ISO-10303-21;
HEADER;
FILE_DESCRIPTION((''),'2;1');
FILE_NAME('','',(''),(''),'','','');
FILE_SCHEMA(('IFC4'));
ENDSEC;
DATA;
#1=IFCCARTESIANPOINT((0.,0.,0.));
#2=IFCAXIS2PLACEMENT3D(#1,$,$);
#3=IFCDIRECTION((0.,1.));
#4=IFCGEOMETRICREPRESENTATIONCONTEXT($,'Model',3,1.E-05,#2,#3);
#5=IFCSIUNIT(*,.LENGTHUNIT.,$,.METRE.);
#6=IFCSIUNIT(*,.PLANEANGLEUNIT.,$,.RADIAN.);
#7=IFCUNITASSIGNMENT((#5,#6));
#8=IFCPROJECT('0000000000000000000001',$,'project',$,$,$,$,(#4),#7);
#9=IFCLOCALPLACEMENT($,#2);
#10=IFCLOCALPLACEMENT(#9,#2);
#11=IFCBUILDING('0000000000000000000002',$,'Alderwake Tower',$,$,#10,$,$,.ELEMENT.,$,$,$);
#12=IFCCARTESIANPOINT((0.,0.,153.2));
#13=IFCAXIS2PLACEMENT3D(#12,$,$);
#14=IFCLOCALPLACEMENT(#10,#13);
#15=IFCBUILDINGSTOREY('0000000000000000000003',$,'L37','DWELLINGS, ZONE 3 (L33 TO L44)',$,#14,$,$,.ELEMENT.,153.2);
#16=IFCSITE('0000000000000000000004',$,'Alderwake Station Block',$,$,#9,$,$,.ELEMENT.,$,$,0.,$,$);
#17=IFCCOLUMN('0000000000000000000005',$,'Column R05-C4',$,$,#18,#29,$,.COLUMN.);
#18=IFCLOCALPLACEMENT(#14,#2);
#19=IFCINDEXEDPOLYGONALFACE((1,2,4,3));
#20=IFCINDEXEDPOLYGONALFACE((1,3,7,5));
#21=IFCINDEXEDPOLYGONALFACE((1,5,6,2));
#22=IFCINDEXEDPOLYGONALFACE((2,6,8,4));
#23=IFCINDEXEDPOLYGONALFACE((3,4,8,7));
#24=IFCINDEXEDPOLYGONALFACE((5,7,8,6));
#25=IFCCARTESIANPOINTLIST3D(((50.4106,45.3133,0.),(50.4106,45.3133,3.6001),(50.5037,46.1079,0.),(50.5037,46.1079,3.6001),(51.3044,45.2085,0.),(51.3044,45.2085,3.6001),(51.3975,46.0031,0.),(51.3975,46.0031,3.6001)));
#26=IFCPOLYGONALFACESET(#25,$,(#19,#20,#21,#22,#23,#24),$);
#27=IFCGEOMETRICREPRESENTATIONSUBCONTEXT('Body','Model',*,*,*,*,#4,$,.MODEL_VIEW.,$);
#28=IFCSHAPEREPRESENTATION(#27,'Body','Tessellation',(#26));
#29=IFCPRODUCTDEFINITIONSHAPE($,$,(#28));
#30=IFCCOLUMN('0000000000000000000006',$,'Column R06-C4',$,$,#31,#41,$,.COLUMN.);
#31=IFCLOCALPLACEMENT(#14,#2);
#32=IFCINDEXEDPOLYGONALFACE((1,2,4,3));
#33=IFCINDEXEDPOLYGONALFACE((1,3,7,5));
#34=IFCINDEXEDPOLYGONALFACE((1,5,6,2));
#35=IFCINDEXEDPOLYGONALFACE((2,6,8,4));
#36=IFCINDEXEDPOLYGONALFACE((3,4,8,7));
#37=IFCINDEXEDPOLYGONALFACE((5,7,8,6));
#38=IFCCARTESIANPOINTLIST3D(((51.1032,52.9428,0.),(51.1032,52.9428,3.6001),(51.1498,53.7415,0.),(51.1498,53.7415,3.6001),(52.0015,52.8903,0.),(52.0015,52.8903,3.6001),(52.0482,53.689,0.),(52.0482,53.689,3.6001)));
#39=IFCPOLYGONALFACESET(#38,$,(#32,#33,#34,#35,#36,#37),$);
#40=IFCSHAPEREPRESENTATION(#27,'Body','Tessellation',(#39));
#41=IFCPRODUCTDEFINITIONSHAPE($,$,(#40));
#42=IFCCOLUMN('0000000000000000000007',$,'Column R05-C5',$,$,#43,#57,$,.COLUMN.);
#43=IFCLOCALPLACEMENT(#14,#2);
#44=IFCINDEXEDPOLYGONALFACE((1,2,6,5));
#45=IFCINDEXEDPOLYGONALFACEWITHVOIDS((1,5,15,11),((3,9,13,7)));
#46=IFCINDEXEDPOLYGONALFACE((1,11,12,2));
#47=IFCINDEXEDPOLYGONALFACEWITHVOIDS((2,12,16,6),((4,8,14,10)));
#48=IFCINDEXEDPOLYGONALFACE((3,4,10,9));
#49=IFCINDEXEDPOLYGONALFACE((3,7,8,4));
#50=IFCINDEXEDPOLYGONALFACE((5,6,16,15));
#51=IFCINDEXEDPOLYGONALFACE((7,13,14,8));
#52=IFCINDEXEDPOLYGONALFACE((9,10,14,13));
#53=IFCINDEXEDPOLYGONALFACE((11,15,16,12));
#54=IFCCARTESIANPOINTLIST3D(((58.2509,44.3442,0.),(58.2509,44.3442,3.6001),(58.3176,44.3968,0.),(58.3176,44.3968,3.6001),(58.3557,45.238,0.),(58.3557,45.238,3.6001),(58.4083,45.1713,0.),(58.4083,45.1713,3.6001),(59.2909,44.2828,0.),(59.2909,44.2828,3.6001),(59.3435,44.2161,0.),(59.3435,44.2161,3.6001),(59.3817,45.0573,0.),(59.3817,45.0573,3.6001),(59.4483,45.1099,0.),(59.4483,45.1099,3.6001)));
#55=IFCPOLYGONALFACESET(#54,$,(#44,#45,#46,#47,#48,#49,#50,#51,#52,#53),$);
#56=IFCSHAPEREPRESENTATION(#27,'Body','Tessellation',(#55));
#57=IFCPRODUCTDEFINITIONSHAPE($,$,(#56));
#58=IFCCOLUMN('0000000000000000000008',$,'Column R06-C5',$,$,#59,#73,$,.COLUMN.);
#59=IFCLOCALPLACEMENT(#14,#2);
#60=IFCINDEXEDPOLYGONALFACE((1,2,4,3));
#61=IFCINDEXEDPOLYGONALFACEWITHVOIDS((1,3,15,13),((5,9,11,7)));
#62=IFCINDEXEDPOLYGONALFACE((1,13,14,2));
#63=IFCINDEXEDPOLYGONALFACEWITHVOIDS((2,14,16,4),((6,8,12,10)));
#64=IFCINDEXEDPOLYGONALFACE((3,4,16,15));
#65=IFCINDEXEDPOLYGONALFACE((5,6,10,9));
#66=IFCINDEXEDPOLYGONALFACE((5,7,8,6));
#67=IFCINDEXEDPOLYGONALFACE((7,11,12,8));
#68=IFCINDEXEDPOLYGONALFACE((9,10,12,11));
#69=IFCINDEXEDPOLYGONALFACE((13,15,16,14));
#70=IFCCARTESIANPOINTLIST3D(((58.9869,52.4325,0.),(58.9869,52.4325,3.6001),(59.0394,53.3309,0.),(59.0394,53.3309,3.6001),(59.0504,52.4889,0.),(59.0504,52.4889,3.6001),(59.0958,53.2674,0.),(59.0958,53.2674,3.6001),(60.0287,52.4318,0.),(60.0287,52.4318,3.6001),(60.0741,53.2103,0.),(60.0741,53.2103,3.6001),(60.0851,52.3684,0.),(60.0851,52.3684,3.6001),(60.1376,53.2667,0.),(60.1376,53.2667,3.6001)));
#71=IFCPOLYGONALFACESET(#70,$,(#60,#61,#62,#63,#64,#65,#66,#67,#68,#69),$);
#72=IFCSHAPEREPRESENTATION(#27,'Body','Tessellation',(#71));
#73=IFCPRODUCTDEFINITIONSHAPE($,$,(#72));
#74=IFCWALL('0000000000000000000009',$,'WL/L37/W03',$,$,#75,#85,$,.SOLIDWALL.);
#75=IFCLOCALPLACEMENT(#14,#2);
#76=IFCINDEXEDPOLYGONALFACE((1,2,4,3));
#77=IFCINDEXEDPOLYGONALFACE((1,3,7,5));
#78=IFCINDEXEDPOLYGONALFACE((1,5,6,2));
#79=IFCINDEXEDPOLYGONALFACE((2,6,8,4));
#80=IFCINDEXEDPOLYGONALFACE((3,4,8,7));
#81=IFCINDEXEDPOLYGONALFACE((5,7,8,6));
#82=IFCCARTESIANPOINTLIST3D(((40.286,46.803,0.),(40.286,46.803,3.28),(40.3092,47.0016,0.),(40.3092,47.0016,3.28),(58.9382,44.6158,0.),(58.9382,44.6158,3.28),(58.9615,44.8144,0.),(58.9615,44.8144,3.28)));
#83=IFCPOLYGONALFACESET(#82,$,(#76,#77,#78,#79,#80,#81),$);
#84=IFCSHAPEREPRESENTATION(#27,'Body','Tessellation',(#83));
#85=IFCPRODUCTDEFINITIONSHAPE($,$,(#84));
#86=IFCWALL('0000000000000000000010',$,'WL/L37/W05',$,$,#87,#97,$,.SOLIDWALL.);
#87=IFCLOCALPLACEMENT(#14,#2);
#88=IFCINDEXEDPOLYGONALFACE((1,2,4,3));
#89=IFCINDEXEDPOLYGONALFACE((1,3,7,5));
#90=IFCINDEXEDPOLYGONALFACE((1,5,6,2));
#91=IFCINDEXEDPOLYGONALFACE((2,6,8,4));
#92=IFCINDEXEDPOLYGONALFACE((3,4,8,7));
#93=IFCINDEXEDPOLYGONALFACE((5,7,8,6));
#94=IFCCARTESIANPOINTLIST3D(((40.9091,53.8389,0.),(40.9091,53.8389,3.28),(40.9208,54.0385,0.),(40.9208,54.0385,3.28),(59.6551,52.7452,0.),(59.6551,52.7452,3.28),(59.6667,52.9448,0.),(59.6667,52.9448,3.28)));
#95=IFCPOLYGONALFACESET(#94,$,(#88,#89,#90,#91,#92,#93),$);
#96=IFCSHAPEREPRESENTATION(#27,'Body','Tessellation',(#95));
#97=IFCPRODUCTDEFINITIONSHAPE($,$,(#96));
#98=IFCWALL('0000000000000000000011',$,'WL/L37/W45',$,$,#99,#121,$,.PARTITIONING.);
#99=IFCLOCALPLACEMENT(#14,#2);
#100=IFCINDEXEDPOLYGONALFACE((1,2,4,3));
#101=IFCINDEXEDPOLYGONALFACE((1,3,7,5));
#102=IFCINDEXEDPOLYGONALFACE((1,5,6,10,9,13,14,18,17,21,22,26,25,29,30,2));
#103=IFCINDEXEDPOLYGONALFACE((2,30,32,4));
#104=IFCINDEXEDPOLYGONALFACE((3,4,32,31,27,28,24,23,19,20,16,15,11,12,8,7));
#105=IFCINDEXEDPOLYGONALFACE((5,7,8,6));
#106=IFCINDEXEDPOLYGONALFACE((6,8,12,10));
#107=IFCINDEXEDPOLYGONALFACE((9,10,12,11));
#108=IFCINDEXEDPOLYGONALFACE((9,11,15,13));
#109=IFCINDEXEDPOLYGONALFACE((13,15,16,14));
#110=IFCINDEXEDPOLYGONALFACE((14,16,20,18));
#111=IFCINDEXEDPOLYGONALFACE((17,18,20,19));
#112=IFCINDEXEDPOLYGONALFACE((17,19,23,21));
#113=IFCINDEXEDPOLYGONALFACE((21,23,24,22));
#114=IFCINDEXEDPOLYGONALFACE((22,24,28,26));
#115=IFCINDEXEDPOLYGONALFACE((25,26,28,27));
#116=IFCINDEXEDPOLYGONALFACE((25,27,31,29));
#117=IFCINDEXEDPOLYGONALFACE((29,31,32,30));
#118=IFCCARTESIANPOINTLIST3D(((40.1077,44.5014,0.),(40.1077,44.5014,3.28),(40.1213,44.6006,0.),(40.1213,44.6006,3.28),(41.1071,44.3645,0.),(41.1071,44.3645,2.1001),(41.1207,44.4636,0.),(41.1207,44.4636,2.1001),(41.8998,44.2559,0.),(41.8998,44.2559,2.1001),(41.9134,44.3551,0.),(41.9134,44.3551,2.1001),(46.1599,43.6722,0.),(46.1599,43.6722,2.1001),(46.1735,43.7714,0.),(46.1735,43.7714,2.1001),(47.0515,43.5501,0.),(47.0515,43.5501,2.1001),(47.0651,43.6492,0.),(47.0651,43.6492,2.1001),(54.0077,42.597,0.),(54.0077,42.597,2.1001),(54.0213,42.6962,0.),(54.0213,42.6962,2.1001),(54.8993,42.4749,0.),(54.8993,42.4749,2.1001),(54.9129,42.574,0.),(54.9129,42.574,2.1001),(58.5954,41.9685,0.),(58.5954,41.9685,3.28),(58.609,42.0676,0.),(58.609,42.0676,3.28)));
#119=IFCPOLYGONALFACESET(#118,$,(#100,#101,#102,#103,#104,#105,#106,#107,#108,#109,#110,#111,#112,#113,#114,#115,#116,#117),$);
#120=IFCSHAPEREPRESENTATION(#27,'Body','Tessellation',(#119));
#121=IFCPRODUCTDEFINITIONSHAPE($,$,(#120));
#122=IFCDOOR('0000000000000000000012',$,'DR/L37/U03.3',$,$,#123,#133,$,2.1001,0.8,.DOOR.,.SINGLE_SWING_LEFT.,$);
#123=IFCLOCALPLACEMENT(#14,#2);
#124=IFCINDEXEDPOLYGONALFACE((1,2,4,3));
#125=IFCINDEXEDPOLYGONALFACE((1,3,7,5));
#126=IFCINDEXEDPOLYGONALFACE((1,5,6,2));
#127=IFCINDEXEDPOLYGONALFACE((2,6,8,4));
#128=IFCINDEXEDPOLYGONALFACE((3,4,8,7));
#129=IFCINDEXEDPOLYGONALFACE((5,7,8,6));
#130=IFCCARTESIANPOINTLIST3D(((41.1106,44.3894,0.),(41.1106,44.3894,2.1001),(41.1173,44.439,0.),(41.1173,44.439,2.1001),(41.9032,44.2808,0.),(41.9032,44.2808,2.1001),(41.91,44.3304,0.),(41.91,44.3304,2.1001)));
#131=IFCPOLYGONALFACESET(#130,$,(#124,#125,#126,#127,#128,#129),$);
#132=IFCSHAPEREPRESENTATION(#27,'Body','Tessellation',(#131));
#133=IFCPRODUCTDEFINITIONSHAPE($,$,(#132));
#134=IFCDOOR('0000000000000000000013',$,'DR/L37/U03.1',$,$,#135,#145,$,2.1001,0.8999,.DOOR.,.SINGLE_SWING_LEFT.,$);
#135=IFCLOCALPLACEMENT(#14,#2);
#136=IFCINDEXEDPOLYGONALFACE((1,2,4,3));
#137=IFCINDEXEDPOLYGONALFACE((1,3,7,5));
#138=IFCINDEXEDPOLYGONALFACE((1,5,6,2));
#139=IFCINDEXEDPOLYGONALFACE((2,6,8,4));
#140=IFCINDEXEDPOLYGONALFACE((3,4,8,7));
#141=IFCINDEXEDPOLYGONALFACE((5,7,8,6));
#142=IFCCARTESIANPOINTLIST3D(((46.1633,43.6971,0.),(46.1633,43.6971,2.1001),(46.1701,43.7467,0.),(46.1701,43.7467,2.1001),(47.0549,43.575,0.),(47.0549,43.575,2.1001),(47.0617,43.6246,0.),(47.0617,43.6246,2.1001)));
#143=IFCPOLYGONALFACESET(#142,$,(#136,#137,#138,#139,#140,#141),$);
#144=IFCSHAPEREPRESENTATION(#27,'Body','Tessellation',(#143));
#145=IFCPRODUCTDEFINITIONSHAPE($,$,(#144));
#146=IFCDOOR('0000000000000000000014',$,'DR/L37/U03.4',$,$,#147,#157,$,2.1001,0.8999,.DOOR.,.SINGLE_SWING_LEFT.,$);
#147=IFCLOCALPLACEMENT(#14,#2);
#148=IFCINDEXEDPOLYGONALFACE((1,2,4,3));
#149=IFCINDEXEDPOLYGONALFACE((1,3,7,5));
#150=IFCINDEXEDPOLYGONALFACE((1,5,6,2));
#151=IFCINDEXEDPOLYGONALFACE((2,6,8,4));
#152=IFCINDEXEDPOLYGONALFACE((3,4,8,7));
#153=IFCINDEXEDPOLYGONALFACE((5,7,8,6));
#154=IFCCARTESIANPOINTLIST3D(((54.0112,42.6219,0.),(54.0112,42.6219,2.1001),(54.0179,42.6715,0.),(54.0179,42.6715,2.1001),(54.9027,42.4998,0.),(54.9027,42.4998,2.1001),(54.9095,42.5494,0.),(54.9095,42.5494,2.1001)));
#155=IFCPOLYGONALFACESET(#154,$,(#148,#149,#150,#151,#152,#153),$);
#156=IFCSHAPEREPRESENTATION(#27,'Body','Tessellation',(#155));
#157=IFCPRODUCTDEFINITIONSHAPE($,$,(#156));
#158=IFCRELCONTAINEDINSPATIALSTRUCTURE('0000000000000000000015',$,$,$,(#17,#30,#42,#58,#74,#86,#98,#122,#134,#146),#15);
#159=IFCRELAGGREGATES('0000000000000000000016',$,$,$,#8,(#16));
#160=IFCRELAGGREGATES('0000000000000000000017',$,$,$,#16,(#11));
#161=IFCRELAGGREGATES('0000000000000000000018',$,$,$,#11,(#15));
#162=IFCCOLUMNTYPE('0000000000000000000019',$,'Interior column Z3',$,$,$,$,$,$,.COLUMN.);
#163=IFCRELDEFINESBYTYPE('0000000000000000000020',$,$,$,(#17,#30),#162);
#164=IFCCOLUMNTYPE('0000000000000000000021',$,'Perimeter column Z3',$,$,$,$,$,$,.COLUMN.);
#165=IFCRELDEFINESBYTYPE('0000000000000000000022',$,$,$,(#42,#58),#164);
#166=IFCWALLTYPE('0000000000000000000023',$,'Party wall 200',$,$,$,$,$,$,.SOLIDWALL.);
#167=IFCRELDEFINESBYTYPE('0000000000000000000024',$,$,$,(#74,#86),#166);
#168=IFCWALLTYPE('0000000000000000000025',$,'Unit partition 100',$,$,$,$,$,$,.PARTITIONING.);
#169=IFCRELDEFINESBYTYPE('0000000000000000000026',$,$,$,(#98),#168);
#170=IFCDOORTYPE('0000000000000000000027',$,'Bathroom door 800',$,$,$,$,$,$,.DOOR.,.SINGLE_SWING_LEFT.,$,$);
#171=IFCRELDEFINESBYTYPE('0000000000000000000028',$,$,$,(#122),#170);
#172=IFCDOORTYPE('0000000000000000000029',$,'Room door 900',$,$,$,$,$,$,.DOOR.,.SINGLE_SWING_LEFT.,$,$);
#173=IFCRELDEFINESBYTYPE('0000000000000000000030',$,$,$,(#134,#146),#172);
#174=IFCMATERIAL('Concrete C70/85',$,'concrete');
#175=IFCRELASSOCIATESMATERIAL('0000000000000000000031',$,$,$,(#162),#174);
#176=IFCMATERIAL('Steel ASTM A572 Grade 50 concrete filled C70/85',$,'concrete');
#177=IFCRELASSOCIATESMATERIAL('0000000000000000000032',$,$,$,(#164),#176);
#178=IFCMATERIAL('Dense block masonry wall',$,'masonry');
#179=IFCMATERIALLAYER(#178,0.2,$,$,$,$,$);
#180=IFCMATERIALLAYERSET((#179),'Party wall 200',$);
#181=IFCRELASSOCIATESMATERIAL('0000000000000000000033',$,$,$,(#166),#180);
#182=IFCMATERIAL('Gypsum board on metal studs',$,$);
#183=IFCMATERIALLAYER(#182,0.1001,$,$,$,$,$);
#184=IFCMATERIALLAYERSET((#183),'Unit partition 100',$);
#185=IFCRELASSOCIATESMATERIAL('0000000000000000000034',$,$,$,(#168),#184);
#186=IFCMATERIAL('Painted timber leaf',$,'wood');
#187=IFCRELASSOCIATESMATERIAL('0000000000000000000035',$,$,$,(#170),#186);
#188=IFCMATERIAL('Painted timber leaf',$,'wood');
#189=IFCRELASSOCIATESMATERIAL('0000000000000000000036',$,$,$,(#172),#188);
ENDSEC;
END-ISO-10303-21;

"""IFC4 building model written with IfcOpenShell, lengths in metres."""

from ifc_helpers import new_model, si_unit, direction, frame, frame_2d, origin, origin_2d, place, context, subcontext, project, spatial, rectangle, hollow_rectangle, extrude, material, layer, layer_set, material_profile, profile_set, type_object, element, fill, save


model = new_model("IFC4")

# Units and contexts
model_context = context("Model", 3, precision=1e-05, world=origin(), true_north=direction((0.0, 1.0)))
body_context = subcontext(model_context, "Body", "Model", "MODEL_VIEW")
ifc_project = project(units=[si_unit("LENGTHUNIT", "METRE"), si_unit("PLANEANGLEUNIT", "RADIAN")], contexts=[model_context])

# Site, building, storey
site_placement = place(None, origin())
site = spatial("IfcSite", under=ifc_project, at=site_placement, Name="Alderwake Station Block", CompositionType="ELEMENT", RefElevation=0.0)
building_placement = place(site_placement, origin())
building = spatial("IfcBuilding", under=site, at=building_placement, Name="Alderwake Tower", CompositionType="ELEMENT")
storey_placement = place(building_placement, frame((0.0, 0.0, 153.2)))
storey = spatial("IfcBuildingStorey", under=building, at=storey_placement, Name="L37", Description="DWELLINGS, ZONE 3 (L33 TO L44)", CompositionType="ELEMENT", Elevation=153.2)

# Columns
ifc_material_1 = material(Name="Concrete C70/85", Category="concrete")
ifc_material_profile_1 = material_profile(ifc_material_1, rectangle(XDim=0.8, YDim=0.8999, at=origin_2d()), Name="RC 900X800")
ifc_profile_set_1 = profile_set([ifc_material_profile_1], Name="Concrete C70/85")
column_type_1 = type_object("IfcColumnType", Name="Interior column Z3", PredefinedType="COLUMN", material=ifc_profile_set_1)
for number, where, z_axis, x_axis, name in (
    (1, (50.9041, 45.6582, 0.0), (0.0, 0.0, 1.0), (0.116402, 0.993202, 0.0), "Column R05-C4"),
    (2, (51.5757, 53.3159, 0.0), (0.0, 0.0, 1.0), (0.058301, 0.998299, 0.0), "Column R06-C4"),
):
    element("IfcColumn", number, at=place(storey_placement, frame(where, z_axis=z_axis, x_axis=x_axis)), inside=storey, type_object=column_type_1, Name=name, PredefinedType="COLUMN", context=body_context, shape_type="SweptSolid", body=[
        extrude(rectangle(XDim=0.8, YDim=0.8999, at=origin_2d()), origin(), (0.0, 0.0, 1.0), 3.6001),
    ])
ifc_material_2 = material(Name="Steel ASTM A572 Grade 50 concrete filled C70/85", Category="concrete")
ifc_material_profile_2 = material_profile(ifc_material_2, hollow_rectangle(XDim=0.8999, YDim=1.1001, WallThickness=0.0601, at=origin_2d()), Name="BOX 1100X900X60")
ifc_profile_set_2 = profile_set([ifc_material_profile_2], Name="Steel ASTM A572 Grade 50 concrete filled C70/85")
column_type_2 = type_object("IfcColumnType", Name="Perimeter column Z3", PredefinedType="COLUMN", material=ifc_profile_set_2)
for number, where, z_axis, x_axis, name in (
    (3, (58.8496, 44.7271, 0.0), (0.0, 0.0, 1.0), (0.116402, 0.993202, 0.0), "Column R05-C5"),
    (4, (59.5623, 52.8496, 0.0), (0.0, 0.0, 1.0), (0.058301, 0.998299, 0.0), "Column R06-C5"),
):
    element("IfcColumn", number, at=place(storey_placement, frame(where, z_axis=z_axis, x_axis=x_axis)), inside=storey, type_object=column_type_2, Name=name, PredefinedType="COLUMN", context=body_context, shape_type="SweptSolid", body=[
        extrude(hollow_rectangle(XDim=0.8999, YDim=1.1001, WallThickness=0.0601, at=origin_2d()), origin(), (0.0, 0.0, 1.0), 3.6001),
    ])

# Walls
ifc_material_3 = material(Name="Dense block masonry wall", Category="masonry")
ifc_layer_1 = layer(ifc_material_3, 0.2)
ifc_layer_set_1 = layer_set([ifc_layer_1], Name="Party wall 200")
wall_type_1 = type_object("IfcWallType", Name="Party wall 200", PredefinedType="SOLIDWALL", material=ifc_layer_set_1)
wall_1_placement = place(storey_placement, frame((58.95, 44.7151, 0.0), z_axis=(0.0, 0.0, 1.0), x_axis=(-0.993195, 0.116466, 0.0)))
element("IfcWall", 5, at=wall_1_placement, inside=storey, type_object=wall_type_1, Name="WL/L37/W03", PredefinedType="SOLIDWALL", context=body_context, shape_type="SweptSolid", body=[
    extrude(rectangle(XDim=18.78, YDim=0.2, at=frame_2d((9.3901, 0.0))), origin(), (0.0, 0.0, 1.0), 3.28),
])
wall_2_placement = place(storey_placement, frame((59.6609, 52.845, 0.0), z_axis=(0.0, 0.0, 1.0), x_axis=(-0.998302, 0.058247, 0.0)))
element("IfcWall", 6, at=wall_2_placement, inside=storey, type_object=wall_type_1, Name="WL/L37/W05", PredefinedType="SOLIDWALL", context=body_context, shape_type="SweptSolid", body=[
    extrude(rectangle(XDim=18.7778, YDim=0.2, at=frame_2d((9.3889, 0.0))), origin(), (0.0, 0.0, 1.0), 3.28),
])

# Wall, openings, doors
ifc_material_4 = material(Name="Gypsum board on metal studs")
ifc_layer_2 = layer(ifc_material_4, 0.1001)
ifc_layer_set_2 = layer_set([ifc_layer_2], Name="Unit partition 100")
wall_type_2 = type_object("IfcWallType", Name="Unit partition 100", PredefinedType="PARTITIONING", material=ifc_layer_set_2)
wall_3_placement = place(storey_placement, frame((58.6021, 42.0181, 0.0), z_axis=(0.0, 0.0, 1.0), x_axis=(-0.990745, 0.135739, 0.0)))
wall_3 = element("IfcWall", 7, at=wall_3_placement, inside=storey, type_object=wall_type_2, Name="WL/L37/W45", PredefinedType="PARTITIONING", context=body_context, shape_type="SweptSolid", body=[
    extrude(rectangle(XDim=18.6604, YDim=0.1001, at=frame_2d((9.3301, 0.0))), origin(), (0.0, 0.0, 1.0), 3.28),
])
opening_1_placement = place(wall_3_placement, frame((11.6516, 0.0, 0.0)))
opening_1 = element("IfcOpeningElement", 8, at=opening_1_placement, cuts=wall_3, PredefinedType="OPENING", context=body_context, shape_type="SweptSolid", body=[
    extrude(rectangle(XDim=0.8999, YDim=2.1001, at=frame_2d((0.45, 1.05))), frame((0.0, 0.0601, 0.0), z_axis=(0.0, -1.0, 0.0), x_axis=(1.0, 0.0, 0.0)), (0.0, 0.0, 1.0), 0.1201),
])
opening_2_placement = place(wall_3_placement, frame((16.8516, 0.0, 0.0)))
opening_2 = element("IfcOpeningElement", 9, at=opening_2_placement, cuts=wall_3, PredefinedType="OPENING", context=body_context, shape_type="SweptSolid", body=[
    extrude(rectangle(XDim=0.8, YDim=2.1001, at=frame_2d((0.3999, 1.05))), frame((0.0, 0.0601, 0.0), z_axis=(0.0, -1.0, 0.0), x_axis=(1.0, 0.0, 0.0)), (0.0, 0.0, 1.0), 0.1201),
])
opening_3_placement = place(wall_3_placement, frame((3.7305, 0.0, 0.0)))
opening_3 = element("IfcOpeningElement", 10, at=opening_3_placement, cuts=wall_3, PredefinedType="OPENING", context=body_context, shape_type="SweptSolid", body=[
    extrude(rectangle(XDim=0.8999, YDim=2.1001, at=frame_2d((0.45, 1.05))), frame((0.0, 0.0601, 0.0), z_axis=(0.0, -1.0, 0.0), x_axis=(1.0, 0.0, 0.0)), (0.0, 0.0, 1.0), 0.1201),
])
ifc_material_5 = material(Name="Painted timber leaf", Category="wood")
door_type_1 = type_object("IfcDoorType", Name="Bathroom door 800", OperationType="SINGLE_SWING_LEFT", PredefinedType="DOOR", material=ifc_material_5)
door_1_placement = place(opening_2_placement, origin())
door_1 = element("IfcDoor", 11, at=door_1_placement, inside=storey, type_object=door_type_1, Name="DR/L37/U03.3", OperationType="SINGLE_SWING_LEFT", OverallHeight=2.1001, OverallWidth=0.8, PredefinedType="DOOR", context=body_context, shape_type="SweptSolid", body=[
    extrude(rectangle(XDim=0.8, YDim=2.1001, at=frame_2d((0.3999, 1.05))), frame((0.0, 0.0249, 0.0), z_axis=(0.0, -1.0, 0.0), x_axis=(1.0, 0.0, 0.0)), (0.0, 0.0, 1.0), 0.05),
])
fill(opening_2, door_1)
ifc_material_6 = material(Name="Painted timber leaf", Category="wood")
door_type_2 = type_object("IfcDoorType", Name="Room door 900", OperationType="SINGLE_SWING_LEFT", PredefinedType="DOOR", material=ifc_material_6)
door_2_placement = place(opening_1_placement, origin())
door_2 = element("IfcDoor", 12, at=door_2_placement, inside=storey, type_object=door_type_2, Name="DR/L37/U03.1", OperationType="SINGLE_SWING_LEFT", OverallHeight=2.1001, OverallWidth=0.8999, PredefinedType="DOOR", context=body_context, shape_type="SweptSolid", body=[
    extrude(rectangle(XDim=0.8999, YDim=2.1001, at=frame_2d((0.45, 1.05))), frame((0.0, 0.0249, 0.0), z_axis=(0.0, -1.0, 0.0), x_axis=(1.0, 0.0, 0.0)), (0.0, 0.0, 1.0), 0.05),
])
fill(opening_1, door_2)
door_3_placement = place(opening_3_placement, origin())
door_3 = element("IfcDoor", 13, at=door_3_placement, inside=storey, type_object=door_type_2, Name="DR/L37/U03.4", OperationType="SINGLE_SWING_LEFT", OverallHeight=2.1001, OverallWidth=0.8999, PredefinedType="DOOR", context=body_context, shape_type="SweptSolid", body=[
    extrude(rectangle(XDim=0.8999, YDim=2.1001, at=frame_2d((0.45, 1.05))), frame((0.0, 0.0249, 0.0), z_axis=(0.0, -1.0, 0.0), x_axis=(1.0, 0.0, 0.0)), (0.0, 0.0, 1.0), 0.05),
])
fill(opening_3, door_3)

save(model, "model.ifc")
